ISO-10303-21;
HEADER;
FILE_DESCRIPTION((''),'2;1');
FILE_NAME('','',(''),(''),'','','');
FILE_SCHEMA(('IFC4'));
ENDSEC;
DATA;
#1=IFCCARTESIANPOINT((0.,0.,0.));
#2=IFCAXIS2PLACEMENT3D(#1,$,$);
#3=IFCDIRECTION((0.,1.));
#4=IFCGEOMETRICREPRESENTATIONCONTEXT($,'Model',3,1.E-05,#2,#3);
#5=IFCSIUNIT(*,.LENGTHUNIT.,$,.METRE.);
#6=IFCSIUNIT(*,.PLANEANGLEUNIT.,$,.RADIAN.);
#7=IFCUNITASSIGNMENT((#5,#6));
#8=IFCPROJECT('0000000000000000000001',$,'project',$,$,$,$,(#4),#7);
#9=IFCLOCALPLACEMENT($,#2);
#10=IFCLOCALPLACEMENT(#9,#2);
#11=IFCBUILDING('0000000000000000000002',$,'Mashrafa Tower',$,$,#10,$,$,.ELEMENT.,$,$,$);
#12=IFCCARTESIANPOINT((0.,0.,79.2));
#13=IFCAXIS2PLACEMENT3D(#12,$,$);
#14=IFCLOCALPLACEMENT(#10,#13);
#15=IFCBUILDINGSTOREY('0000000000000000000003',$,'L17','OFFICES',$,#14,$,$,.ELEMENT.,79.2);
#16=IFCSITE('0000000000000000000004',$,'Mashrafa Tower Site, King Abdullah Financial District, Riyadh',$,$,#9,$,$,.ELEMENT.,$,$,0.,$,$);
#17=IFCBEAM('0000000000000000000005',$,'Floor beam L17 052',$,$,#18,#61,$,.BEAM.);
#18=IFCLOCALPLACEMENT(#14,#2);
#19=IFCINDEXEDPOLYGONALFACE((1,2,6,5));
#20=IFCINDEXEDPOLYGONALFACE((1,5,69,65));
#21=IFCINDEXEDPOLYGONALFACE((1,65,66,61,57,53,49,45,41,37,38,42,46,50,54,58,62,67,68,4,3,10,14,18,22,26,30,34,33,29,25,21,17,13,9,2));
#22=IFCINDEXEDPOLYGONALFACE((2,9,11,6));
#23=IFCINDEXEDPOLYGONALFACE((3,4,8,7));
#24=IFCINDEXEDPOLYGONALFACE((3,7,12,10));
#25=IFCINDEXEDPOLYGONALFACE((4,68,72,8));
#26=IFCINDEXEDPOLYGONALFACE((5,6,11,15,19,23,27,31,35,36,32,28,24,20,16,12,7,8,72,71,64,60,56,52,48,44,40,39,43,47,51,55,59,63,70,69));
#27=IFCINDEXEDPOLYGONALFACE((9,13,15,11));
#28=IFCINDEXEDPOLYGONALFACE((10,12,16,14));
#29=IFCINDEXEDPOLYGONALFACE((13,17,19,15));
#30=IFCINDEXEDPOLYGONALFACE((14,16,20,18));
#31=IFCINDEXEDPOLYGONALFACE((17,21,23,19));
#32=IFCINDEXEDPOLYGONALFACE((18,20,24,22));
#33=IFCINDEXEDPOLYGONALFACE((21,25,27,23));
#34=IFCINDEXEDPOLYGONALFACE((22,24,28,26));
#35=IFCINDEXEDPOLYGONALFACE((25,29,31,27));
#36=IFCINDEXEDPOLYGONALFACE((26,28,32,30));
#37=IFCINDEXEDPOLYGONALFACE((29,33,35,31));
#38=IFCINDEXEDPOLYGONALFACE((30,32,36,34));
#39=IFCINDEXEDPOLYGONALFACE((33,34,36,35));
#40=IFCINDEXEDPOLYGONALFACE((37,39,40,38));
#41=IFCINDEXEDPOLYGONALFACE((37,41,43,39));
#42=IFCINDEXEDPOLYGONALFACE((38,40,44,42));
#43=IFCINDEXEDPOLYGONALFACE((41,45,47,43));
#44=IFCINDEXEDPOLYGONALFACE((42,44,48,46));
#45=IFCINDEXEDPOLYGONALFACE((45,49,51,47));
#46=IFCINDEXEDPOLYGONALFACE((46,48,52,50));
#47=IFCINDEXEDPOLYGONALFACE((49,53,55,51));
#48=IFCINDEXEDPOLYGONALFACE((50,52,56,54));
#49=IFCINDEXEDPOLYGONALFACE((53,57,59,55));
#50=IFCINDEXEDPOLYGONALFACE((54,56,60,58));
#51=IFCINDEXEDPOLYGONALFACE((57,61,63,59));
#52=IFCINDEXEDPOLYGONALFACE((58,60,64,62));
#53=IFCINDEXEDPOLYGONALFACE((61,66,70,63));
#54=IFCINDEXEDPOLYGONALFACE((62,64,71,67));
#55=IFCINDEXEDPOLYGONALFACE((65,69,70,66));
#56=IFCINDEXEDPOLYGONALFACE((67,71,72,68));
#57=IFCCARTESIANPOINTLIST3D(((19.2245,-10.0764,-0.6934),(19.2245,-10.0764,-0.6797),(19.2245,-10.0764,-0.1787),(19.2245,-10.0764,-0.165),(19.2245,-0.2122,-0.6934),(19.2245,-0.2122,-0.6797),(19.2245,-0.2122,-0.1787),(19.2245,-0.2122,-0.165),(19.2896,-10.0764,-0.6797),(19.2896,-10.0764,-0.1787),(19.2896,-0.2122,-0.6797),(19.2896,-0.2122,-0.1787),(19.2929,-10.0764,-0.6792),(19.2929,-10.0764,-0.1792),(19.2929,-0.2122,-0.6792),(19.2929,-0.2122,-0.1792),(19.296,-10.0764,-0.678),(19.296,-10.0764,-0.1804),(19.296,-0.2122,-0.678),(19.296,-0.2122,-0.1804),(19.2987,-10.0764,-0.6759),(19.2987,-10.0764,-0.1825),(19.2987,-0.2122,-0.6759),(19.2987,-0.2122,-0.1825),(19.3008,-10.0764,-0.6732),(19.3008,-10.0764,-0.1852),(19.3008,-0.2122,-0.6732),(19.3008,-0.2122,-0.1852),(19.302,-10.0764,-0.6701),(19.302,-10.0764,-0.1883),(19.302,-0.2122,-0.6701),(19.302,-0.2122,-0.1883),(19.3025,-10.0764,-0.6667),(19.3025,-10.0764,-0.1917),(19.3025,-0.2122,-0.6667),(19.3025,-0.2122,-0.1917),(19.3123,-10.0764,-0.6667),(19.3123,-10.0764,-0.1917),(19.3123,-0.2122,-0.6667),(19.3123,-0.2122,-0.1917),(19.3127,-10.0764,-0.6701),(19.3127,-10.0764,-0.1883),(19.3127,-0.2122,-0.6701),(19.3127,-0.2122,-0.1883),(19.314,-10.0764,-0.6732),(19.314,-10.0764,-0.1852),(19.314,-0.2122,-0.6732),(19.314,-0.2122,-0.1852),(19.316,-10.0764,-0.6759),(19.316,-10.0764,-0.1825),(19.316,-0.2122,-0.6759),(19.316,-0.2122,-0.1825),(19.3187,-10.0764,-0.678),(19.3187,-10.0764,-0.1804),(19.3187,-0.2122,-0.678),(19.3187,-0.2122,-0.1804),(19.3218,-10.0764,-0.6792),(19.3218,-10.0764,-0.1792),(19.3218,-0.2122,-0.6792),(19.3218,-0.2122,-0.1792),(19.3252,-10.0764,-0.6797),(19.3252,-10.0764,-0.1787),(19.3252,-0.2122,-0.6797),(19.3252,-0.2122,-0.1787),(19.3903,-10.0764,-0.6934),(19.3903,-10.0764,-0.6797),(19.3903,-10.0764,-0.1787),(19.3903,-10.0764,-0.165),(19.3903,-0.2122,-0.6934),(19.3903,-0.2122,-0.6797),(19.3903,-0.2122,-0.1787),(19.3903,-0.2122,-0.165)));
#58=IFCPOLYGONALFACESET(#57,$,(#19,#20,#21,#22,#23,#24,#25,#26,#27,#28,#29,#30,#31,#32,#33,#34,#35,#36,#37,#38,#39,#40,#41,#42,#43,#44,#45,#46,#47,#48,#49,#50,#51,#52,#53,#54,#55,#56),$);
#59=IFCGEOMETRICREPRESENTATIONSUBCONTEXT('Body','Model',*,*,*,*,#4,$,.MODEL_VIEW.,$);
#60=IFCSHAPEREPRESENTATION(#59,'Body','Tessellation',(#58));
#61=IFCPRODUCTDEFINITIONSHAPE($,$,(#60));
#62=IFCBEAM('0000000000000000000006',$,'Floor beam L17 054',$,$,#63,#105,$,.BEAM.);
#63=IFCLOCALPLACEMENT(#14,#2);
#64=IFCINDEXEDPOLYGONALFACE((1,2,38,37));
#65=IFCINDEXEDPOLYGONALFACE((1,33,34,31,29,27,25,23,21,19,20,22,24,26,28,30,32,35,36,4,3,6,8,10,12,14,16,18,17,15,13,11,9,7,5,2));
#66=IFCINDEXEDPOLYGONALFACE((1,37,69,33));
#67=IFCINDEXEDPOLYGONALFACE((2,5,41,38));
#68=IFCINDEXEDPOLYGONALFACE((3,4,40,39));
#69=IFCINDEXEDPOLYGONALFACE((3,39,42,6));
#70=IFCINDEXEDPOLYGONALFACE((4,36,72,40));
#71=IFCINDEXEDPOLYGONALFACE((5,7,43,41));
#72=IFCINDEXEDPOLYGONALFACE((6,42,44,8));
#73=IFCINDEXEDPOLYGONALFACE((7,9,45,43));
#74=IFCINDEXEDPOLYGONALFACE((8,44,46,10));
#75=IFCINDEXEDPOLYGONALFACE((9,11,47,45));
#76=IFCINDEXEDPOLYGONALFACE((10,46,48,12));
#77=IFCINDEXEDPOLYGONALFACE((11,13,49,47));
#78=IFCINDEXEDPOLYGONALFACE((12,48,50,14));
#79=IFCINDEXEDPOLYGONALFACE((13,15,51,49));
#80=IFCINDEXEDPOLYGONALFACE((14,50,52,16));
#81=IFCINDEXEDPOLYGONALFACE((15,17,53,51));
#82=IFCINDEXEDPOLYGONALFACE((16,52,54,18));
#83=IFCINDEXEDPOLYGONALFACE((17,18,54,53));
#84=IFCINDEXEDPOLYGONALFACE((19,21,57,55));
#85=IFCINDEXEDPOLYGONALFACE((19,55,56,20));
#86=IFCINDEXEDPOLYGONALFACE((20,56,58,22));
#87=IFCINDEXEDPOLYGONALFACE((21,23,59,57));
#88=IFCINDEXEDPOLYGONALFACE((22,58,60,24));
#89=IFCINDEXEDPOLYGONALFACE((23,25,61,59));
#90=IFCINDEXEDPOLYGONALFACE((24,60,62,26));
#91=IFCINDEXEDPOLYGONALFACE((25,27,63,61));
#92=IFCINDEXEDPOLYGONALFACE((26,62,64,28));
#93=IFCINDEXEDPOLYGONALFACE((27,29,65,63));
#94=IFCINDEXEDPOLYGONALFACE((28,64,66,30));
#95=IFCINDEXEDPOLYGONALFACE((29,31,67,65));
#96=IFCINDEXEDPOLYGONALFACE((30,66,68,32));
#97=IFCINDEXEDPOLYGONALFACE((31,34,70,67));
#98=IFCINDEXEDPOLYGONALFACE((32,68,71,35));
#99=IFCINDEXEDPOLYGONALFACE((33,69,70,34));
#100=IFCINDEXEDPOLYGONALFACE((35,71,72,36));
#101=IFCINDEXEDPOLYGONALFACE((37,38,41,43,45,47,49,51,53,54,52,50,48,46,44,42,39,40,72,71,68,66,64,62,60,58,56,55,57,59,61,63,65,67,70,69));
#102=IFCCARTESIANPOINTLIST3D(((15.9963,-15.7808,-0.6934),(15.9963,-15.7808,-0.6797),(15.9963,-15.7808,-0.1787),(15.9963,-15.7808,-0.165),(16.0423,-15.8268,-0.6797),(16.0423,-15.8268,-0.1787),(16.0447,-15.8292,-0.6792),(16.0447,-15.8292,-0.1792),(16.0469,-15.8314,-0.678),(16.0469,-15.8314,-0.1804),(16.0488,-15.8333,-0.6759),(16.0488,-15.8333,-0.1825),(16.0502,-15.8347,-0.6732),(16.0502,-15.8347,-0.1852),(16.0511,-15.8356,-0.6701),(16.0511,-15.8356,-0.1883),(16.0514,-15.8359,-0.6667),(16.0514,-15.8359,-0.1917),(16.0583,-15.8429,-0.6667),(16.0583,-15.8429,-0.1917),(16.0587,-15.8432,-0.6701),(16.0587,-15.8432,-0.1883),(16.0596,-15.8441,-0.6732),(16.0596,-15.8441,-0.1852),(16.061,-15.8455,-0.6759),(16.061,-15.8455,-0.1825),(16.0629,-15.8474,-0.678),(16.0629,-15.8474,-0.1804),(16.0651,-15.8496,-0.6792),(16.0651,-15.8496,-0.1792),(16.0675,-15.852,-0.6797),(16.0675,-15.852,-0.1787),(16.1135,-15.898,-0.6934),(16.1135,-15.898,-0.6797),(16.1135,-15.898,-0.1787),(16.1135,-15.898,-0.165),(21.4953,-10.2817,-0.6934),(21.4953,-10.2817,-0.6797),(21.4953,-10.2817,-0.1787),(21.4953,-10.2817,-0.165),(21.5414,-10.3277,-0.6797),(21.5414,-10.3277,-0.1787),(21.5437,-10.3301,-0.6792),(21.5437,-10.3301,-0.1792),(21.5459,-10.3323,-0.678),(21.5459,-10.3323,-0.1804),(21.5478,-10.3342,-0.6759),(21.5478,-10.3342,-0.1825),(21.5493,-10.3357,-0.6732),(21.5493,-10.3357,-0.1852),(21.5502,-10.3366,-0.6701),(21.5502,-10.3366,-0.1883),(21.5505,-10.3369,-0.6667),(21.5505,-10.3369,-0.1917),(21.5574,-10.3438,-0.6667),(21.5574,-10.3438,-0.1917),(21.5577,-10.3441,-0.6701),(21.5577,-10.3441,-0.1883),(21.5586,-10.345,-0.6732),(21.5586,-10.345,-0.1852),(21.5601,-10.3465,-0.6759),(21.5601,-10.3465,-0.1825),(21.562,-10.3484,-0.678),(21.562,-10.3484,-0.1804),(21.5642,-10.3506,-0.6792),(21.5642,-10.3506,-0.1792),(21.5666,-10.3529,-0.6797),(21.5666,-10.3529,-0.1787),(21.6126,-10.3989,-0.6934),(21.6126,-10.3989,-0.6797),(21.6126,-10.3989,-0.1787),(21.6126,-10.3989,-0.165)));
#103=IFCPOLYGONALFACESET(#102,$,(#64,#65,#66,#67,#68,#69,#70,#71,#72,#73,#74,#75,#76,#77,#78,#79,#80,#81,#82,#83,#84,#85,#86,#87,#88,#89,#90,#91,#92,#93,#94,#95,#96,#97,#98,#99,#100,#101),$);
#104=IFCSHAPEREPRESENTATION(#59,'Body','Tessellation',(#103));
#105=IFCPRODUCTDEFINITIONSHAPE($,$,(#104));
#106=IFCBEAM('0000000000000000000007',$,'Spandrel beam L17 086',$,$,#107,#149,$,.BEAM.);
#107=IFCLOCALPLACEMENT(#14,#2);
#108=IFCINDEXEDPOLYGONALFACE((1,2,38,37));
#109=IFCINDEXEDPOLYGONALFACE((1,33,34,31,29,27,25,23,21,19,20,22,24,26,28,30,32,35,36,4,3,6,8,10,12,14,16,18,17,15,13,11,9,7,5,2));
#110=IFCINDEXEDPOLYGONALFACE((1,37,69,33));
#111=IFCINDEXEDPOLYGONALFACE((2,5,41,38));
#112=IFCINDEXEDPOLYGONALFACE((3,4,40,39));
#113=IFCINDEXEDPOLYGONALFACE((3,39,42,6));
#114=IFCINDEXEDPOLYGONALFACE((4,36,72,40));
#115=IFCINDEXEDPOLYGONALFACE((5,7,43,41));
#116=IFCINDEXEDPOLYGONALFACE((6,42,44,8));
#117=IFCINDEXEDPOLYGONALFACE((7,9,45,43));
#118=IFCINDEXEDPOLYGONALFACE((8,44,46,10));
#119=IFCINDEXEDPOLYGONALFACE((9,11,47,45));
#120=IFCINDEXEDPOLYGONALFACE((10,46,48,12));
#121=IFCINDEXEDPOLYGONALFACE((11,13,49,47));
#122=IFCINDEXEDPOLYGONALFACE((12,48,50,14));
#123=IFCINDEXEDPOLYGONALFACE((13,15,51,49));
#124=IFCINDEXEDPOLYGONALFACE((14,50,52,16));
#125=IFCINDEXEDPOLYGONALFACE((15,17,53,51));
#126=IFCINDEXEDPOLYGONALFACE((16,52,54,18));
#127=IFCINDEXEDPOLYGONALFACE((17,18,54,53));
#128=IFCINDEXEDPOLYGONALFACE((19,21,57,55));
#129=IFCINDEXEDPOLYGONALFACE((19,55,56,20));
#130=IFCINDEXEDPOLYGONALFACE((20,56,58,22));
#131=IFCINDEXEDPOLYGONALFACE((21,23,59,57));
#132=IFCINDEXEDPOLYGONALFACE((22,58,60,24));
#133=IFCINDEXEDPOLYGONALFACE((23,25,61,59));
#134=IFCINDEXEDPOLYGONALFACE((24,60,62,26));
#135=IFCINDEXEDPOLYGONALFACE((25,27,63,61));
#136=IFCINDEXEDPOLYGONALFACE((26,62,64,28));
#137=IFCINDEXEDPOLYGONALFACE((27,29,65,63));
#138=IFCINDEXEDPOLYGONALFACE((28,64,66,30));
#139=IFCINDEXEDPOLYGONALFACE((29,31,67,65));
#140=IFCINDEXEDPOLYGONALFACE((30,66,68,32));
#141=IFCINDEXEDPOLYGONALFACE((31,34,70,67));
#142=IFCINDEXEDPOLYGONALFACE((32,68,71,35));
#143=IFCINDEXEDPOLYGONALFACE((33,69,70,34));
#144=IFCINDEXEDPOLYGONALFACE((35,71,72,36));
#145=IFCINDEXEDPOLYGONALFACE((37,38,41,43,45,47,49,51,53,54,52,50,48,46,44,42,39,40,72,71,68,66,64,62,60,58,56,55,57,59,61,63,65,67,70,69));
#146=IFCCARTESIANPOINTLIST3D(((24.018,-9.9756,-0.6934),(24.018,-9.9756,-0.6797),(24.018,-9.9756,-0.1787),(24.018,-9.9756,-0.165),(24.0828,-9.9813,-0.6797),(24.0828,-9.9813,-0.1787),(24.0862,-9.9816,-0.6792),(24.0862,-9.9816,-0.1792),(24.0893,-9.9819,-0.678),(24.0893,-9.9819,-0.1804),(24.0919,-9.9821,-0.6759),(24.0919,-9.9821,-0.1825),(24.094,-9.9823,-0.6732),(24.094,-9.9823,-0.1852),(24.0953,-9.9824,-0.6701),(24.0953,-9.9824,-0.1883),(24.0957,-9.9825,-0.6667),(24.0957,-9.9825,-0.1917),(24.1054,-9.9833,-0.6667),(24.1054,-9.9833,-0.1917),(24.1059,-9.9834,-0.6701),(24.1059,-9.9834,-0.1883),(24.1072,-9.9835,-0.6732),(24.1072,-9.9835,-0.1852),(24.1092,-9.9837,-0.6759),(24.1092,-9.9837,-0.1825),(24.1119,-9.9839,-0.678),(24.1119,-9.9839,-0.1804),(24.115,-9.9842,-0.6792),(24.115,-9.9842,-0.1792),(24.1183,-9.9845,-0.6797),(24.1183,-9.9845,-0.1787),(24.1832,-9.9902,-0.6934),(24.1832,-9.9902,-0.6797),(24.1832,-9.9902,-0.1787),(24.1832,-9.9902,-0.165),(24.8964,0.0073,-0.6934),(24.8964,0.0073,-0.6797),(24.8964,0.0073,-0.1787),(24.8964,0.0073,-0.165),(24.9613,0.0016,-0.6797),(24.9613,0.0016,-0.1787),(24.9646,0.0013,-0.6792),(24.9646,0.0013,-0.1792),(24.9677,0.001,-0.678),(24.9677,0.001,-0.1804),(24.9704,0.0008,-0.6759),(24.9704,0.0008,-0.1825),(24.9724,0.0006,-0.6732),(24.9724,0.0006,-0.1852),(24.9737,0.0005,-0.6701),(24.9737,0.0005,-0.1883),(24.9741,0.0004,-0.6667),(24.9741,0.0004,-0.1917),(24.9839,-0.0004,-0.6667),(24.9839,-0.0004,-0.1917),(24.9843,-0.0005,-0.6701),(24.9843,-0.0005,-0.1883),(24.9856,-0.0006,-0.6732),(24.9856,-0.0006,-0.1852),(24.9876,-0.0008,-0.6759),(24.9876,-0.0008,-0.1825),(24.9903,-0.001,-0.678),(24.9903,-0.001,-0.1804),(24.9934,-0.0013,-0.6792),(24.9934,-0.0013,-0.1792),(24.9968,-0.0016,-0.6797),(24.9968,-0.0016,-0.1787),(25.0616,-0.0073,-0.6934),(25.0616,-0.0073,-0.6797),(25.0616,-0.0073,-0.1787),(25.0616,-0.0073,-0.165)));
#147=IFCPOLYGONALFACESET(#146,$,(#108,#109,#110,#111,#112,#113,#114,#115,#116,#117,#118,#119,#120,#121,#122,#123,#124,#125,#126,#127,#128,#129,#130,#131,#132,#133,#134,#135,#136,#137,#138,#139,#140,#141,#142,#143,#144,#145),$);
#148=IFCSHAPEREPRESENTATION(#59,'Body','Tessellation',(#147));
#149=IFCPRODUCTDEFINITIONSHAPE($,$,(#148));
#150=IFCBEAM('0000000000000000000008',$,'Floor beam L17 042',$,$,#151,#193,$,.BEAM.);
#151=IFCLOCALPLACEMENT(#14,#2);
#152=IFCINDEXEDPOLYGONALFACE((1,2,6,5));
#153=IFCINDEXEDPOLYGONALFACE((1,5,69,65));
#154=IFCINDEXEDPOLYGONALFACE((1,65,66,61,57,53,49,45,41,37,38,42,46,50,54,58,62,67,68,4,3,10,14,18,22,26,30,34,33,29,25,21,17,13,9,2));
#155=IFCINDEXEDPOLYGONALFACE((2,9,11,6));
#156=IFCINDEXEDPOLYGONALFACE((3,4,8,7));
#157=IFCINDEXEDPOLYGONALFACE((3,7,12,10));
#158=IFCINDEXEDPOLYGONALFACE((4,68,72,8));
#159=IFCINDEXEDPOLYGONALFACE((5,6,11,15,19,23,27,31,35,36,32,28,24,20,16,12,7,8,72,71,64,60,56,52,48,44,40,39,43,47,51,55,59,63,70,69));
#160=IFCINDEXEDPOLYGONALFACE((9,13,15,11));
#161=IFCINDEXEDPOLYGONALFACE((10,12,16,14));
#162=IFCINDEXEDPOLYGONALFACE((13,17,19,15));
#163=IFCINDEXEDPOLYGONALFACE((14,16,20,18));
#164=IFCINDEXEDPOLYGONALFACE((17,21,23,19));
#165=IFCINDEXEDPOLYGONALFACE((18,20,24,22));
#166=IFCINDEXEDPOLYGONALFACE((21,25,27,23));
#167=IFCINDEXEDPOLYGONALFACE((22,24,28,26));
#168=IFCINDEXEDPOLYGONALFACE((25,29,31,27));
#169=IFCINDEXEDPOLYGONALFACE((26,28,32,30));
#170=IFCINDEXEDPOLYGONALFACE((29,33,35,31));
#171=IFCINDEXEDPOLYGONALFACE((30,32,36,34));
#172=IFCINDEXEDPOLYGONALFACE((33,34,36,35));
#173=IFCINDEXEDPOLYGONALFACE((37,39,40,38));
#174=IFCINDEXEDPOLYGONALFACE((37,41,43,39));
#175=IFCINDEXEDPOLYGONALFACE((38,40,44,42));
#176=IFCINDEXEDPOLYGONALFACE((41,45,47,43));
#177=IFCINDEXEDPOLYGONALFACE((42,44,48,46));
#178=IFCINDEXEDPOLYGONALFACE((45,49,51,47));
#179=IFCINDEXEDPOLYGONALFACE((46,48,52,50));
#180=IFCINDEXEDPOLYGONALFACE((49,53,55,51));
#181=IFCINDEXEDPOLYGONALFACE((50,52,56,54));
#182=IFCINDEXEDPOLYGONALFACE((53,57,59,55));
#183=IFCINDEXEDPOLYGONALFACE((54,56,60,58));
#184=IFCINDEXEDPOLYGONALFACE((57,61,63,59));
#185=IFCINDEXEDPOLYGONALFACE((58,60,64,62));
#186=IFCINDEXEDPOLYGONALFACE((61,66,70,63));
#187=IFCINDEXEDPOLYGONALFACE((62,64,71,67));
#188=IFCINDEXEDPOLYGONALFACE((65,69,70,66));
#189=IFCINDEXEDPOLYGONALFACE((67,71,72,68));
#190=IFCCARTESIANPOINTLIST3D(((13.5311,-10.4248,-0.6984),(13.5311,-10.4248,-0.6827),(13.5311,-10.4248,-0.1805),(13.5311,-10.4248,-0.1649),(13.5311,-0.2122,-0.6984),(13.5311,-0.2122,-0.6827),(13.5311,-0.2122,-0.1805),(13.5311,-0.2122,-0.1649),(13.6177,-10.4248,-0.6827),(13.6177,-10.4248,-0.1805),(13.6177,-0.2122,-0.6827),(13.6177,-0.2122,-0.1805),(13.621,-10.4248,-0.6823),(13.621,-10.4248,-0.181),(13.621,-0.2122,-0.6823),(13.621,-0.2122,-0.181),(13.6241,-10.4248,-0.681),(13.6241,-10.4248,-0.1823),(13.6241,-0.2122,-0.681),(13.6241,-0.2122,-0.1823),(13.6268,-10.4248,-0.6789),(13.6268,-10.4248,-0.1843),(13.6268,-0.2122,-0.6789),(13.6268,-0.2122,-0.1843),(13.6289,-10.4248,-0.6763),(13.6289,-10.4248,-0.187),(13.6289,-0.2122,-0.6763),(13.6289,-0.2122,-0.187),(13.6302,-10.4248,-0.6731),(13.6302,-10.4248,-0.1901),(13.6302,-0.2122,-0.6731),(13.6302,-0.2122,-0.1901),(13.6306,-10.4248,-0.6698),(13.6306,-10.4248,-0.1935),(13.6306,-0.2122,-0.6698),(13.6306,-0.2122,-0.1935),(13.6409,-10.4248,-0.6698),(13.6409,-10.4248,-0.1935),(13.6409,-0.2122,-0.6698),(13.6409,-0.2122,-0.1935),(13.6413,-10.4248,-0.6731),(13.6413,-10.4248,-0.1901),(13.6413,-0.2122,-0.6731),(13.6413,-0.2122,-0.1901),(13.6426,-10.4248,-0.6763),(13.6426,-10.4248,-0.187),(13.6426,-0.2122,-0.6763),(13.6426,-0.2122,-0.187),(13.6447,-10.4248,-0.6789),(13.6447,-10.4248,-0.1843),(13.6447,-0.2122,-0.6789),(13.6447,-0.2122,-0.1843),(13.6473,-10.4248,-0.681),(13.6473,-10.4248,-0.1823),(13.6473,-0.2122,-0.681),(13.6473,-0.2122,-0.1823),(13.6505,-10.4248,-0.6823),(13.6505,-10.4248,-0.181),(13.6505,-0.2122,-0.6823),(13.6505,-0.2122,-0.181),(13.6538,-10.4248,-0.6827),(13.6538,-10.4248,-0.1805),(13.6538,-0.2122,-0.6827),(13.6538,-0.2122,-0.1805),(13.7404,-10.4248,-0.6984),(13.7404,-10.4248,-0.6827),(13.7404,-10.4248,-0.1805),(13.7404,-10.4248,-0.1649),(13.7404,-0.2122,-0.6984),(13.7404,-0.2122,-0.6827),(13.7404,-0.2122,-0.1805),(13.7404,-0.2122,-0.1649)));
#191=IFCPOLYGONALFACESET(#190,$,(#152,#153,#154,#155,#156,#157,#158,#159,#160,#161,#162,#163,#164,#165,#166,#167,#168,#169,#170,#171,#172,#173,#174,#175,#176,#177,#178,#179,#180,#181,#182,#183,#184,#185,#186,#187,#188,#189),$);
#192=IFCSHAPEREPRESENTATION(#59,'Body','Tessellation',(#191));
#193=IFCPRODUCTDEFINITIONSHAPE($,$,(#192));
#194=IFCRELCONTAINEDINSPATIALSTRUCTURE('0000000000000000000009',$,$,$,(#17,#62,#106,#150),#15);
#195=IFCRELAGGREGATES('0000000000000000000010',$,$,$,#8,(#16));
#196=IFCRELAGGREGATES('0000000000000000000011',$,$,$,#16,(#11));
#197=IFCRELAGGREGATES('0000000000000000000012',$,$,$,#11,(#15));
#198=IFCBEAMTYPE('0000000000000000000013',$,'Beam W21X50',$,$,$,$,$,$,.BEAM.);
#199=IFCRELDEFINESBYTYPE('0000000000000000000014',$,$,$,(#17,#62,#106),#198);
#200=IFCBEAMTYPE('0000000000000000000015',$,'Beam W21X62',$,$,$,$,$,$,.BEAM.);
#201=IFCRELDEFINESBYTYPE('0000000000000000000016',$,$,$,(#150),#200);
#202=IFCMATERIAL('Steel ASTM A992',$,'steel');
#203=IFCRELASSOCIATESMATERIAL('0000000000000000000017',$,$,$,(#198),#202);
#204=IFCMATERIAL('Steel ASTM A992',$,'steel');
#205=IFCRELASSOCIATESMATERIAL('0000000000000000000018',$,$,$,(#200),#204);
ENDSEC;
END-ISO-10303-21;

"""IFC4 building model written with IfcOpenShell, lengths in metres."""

from ifc_helpers import new_model, si_unit, direction, frame, origin, origin_2d, place, context, subcontext, project, spatial, i_section, extrude, material, material_profile, profile_set, type_object, element, save


model = new_model("IFC4")

# Units and contexts
model_context = context("Model", 3, precision=1e-05, world=origin(), true_north=direction((0.0, 1.0)))
body_context = subcontext(model_context, "Body", "Model", "MODEL_VIEW")
ifc_project = project(units=[si_unit("LENGTHUNIT", "METRE"), si_unit("PLANEANGLEUNIT", "RADIAN")], contexts=[model_context])

# Site, building, storey
site_placement = place(None, origin())
site = spatial("IfcSite", under=ifc_project, at=site_placement, Name="Mashrafa Tower Site, King Abdullah Financial District, Riyadh", CompositionType="ELEMENT", RefElevation=0.0)
building_placement = place(site_placement, origin())
building = spatial("IfcBuilding", under=site, at=building_placement, Name="Mashrafa Tower", CompositionType="ELEMENT")
storey_placement = place(building_placement, frame((0.0, 0.0, 79.2)))
storey = spatial("IfcBuildingStorey", under=building, at=storey_placement, Name="L17", Description="OFFICES", CompositionType="ELEMENT", Elevation=79.2)

# Beams
ifc_material_1 = material(Name="Steel ASTM A992", Category="steel")
ifc_material_profile_1 = material_profile(ifc_material_1, i_section(OverallWidth=0.1658, OverallDepth=0.5283, WebThickness=0.0098, FlangeThickness=0.0137, FilletRadius=0.0129, at=origin_2d()), Name="W21X50")
ifc_profile_set_1 = profile_set([ifc_material_profile_1], Name="Steel ASTM A992")
beam_type_1 = type_object("IfcBeamType", Name="Beam W21X50", PredefinedType="BEAM", material=ifc_profile_set_1)
beam_1_placement = place(storey_placement, frame((19.3074, -0.2122, -0.4292), z_axis=(0.0, -1.0, 0.0), x_axis=(1.0, 0.0, 0.0)))
element("IfcBeam", 1, at=beam_1_placement, inside=storey, type_object=beam_type_1, Name="Floor beam L17 052", PredefinedType="BEAM", context=body_context, shape_type="SweptSolid", body=[
    extrude(i_section(OverallWidth=0.1658, OverallDepth=0.5283, WebThickness=0.0098, FlangeThickness=0.0137, FilletRadius=0.0129, at=origin_2d()), origin(), (0.0, 0.0, 1.0), 9.8643),
])
beam_2_placement = place(storey_placement, frame((21.554, -10.3403, -0.4292), z_axis=(-0.707107, -0.707107, 0.0), x_axis=(0.707107, -0.707107, 0.0)))
element("IfcBeam", 2, at=beam_2_placement, inside=storey, type_object=beam_type_1, Name="Floor beam L17 054", PredefinedType="BEAM", context=body_context, shape_type="SweptSolid", body=[
    extrude(i_section(OverallWidth=0.1658, OverallDepth=0.5283, WebThickness=0.0098, FlangeThickness=0.0137, FilletRadius=0.0129, at=origin_2d()), origin(), (0.0, 0.0, 1.0), 7.7769),
])
beam_3_placement = place(storey_placement, frame((24.1006, -9.9829, -0.4292), z_axis=(0.087653, 0.996151, 0.0), x_axis=(-0.996151, 0.087653, 0.0)))
element("IfcBeam", 3, at=beam_3_placement, inside=storey, type_object=beam_type_1, Name="Spandrel beam L17 086", PredefinedType="BEAM", context=body_context, shape_type="SweptSolid", body=[
    extrude(i_section(OverallWidth=0.1658, OverallDepth=0.5283, WebThickness=0.0098, FlangeThickness=0.0137, FilletRadius=0.0129, at=origin_2d()), origin(), (0.0, 0.0, 1.0), 10.0215),
])
ifc_material_2 = material(Name="Steel ASTM A992", Category="steel")
ifc_material_profile_2 = material_profile(ifc_material_2, i_section(OverallWidth=0.2092, OverallDepth=0.5334, WebThickness=0.0103, FlangeThickness=0.0156, FilletRadius=0.0129, at=origin_2d()), Name="W21X62")
ifc_profile_set_2 = profile_set([ifc_material_profile_2], Name="Steel ASTM A992")
beam_type_2 = type_object("IfcBeamType", Name="Beam W21X62", PredefinedType="BEAM", material=ifc_profile_set_2)
beam_4_placement = place(storey_placement, frame((13.6357, -0.2122, -0.4316), z_axis=(0.0, -1.0, 0.0), x_axis=(1.0, 0.0, 0.0)))
element("IfcBeam", 4, at=beam_4_placement, inside=storey, type_object=beam_type_2, Name="Floor beam L17 042", PredefinedType="BEAM", context=body_context, shape_type="SweptSolid", body=[
    extrude(i_section(OverallWidth=0.2092, OverallDepth=0.5334, WebThickness=0.0103, FlangeThickness=0.0156, FilletRadius=0.0129, at=origin_2d()), origin(), (0.0, 0.0, 1.0), 10.2126),
])

save(model, "model.ifc")
